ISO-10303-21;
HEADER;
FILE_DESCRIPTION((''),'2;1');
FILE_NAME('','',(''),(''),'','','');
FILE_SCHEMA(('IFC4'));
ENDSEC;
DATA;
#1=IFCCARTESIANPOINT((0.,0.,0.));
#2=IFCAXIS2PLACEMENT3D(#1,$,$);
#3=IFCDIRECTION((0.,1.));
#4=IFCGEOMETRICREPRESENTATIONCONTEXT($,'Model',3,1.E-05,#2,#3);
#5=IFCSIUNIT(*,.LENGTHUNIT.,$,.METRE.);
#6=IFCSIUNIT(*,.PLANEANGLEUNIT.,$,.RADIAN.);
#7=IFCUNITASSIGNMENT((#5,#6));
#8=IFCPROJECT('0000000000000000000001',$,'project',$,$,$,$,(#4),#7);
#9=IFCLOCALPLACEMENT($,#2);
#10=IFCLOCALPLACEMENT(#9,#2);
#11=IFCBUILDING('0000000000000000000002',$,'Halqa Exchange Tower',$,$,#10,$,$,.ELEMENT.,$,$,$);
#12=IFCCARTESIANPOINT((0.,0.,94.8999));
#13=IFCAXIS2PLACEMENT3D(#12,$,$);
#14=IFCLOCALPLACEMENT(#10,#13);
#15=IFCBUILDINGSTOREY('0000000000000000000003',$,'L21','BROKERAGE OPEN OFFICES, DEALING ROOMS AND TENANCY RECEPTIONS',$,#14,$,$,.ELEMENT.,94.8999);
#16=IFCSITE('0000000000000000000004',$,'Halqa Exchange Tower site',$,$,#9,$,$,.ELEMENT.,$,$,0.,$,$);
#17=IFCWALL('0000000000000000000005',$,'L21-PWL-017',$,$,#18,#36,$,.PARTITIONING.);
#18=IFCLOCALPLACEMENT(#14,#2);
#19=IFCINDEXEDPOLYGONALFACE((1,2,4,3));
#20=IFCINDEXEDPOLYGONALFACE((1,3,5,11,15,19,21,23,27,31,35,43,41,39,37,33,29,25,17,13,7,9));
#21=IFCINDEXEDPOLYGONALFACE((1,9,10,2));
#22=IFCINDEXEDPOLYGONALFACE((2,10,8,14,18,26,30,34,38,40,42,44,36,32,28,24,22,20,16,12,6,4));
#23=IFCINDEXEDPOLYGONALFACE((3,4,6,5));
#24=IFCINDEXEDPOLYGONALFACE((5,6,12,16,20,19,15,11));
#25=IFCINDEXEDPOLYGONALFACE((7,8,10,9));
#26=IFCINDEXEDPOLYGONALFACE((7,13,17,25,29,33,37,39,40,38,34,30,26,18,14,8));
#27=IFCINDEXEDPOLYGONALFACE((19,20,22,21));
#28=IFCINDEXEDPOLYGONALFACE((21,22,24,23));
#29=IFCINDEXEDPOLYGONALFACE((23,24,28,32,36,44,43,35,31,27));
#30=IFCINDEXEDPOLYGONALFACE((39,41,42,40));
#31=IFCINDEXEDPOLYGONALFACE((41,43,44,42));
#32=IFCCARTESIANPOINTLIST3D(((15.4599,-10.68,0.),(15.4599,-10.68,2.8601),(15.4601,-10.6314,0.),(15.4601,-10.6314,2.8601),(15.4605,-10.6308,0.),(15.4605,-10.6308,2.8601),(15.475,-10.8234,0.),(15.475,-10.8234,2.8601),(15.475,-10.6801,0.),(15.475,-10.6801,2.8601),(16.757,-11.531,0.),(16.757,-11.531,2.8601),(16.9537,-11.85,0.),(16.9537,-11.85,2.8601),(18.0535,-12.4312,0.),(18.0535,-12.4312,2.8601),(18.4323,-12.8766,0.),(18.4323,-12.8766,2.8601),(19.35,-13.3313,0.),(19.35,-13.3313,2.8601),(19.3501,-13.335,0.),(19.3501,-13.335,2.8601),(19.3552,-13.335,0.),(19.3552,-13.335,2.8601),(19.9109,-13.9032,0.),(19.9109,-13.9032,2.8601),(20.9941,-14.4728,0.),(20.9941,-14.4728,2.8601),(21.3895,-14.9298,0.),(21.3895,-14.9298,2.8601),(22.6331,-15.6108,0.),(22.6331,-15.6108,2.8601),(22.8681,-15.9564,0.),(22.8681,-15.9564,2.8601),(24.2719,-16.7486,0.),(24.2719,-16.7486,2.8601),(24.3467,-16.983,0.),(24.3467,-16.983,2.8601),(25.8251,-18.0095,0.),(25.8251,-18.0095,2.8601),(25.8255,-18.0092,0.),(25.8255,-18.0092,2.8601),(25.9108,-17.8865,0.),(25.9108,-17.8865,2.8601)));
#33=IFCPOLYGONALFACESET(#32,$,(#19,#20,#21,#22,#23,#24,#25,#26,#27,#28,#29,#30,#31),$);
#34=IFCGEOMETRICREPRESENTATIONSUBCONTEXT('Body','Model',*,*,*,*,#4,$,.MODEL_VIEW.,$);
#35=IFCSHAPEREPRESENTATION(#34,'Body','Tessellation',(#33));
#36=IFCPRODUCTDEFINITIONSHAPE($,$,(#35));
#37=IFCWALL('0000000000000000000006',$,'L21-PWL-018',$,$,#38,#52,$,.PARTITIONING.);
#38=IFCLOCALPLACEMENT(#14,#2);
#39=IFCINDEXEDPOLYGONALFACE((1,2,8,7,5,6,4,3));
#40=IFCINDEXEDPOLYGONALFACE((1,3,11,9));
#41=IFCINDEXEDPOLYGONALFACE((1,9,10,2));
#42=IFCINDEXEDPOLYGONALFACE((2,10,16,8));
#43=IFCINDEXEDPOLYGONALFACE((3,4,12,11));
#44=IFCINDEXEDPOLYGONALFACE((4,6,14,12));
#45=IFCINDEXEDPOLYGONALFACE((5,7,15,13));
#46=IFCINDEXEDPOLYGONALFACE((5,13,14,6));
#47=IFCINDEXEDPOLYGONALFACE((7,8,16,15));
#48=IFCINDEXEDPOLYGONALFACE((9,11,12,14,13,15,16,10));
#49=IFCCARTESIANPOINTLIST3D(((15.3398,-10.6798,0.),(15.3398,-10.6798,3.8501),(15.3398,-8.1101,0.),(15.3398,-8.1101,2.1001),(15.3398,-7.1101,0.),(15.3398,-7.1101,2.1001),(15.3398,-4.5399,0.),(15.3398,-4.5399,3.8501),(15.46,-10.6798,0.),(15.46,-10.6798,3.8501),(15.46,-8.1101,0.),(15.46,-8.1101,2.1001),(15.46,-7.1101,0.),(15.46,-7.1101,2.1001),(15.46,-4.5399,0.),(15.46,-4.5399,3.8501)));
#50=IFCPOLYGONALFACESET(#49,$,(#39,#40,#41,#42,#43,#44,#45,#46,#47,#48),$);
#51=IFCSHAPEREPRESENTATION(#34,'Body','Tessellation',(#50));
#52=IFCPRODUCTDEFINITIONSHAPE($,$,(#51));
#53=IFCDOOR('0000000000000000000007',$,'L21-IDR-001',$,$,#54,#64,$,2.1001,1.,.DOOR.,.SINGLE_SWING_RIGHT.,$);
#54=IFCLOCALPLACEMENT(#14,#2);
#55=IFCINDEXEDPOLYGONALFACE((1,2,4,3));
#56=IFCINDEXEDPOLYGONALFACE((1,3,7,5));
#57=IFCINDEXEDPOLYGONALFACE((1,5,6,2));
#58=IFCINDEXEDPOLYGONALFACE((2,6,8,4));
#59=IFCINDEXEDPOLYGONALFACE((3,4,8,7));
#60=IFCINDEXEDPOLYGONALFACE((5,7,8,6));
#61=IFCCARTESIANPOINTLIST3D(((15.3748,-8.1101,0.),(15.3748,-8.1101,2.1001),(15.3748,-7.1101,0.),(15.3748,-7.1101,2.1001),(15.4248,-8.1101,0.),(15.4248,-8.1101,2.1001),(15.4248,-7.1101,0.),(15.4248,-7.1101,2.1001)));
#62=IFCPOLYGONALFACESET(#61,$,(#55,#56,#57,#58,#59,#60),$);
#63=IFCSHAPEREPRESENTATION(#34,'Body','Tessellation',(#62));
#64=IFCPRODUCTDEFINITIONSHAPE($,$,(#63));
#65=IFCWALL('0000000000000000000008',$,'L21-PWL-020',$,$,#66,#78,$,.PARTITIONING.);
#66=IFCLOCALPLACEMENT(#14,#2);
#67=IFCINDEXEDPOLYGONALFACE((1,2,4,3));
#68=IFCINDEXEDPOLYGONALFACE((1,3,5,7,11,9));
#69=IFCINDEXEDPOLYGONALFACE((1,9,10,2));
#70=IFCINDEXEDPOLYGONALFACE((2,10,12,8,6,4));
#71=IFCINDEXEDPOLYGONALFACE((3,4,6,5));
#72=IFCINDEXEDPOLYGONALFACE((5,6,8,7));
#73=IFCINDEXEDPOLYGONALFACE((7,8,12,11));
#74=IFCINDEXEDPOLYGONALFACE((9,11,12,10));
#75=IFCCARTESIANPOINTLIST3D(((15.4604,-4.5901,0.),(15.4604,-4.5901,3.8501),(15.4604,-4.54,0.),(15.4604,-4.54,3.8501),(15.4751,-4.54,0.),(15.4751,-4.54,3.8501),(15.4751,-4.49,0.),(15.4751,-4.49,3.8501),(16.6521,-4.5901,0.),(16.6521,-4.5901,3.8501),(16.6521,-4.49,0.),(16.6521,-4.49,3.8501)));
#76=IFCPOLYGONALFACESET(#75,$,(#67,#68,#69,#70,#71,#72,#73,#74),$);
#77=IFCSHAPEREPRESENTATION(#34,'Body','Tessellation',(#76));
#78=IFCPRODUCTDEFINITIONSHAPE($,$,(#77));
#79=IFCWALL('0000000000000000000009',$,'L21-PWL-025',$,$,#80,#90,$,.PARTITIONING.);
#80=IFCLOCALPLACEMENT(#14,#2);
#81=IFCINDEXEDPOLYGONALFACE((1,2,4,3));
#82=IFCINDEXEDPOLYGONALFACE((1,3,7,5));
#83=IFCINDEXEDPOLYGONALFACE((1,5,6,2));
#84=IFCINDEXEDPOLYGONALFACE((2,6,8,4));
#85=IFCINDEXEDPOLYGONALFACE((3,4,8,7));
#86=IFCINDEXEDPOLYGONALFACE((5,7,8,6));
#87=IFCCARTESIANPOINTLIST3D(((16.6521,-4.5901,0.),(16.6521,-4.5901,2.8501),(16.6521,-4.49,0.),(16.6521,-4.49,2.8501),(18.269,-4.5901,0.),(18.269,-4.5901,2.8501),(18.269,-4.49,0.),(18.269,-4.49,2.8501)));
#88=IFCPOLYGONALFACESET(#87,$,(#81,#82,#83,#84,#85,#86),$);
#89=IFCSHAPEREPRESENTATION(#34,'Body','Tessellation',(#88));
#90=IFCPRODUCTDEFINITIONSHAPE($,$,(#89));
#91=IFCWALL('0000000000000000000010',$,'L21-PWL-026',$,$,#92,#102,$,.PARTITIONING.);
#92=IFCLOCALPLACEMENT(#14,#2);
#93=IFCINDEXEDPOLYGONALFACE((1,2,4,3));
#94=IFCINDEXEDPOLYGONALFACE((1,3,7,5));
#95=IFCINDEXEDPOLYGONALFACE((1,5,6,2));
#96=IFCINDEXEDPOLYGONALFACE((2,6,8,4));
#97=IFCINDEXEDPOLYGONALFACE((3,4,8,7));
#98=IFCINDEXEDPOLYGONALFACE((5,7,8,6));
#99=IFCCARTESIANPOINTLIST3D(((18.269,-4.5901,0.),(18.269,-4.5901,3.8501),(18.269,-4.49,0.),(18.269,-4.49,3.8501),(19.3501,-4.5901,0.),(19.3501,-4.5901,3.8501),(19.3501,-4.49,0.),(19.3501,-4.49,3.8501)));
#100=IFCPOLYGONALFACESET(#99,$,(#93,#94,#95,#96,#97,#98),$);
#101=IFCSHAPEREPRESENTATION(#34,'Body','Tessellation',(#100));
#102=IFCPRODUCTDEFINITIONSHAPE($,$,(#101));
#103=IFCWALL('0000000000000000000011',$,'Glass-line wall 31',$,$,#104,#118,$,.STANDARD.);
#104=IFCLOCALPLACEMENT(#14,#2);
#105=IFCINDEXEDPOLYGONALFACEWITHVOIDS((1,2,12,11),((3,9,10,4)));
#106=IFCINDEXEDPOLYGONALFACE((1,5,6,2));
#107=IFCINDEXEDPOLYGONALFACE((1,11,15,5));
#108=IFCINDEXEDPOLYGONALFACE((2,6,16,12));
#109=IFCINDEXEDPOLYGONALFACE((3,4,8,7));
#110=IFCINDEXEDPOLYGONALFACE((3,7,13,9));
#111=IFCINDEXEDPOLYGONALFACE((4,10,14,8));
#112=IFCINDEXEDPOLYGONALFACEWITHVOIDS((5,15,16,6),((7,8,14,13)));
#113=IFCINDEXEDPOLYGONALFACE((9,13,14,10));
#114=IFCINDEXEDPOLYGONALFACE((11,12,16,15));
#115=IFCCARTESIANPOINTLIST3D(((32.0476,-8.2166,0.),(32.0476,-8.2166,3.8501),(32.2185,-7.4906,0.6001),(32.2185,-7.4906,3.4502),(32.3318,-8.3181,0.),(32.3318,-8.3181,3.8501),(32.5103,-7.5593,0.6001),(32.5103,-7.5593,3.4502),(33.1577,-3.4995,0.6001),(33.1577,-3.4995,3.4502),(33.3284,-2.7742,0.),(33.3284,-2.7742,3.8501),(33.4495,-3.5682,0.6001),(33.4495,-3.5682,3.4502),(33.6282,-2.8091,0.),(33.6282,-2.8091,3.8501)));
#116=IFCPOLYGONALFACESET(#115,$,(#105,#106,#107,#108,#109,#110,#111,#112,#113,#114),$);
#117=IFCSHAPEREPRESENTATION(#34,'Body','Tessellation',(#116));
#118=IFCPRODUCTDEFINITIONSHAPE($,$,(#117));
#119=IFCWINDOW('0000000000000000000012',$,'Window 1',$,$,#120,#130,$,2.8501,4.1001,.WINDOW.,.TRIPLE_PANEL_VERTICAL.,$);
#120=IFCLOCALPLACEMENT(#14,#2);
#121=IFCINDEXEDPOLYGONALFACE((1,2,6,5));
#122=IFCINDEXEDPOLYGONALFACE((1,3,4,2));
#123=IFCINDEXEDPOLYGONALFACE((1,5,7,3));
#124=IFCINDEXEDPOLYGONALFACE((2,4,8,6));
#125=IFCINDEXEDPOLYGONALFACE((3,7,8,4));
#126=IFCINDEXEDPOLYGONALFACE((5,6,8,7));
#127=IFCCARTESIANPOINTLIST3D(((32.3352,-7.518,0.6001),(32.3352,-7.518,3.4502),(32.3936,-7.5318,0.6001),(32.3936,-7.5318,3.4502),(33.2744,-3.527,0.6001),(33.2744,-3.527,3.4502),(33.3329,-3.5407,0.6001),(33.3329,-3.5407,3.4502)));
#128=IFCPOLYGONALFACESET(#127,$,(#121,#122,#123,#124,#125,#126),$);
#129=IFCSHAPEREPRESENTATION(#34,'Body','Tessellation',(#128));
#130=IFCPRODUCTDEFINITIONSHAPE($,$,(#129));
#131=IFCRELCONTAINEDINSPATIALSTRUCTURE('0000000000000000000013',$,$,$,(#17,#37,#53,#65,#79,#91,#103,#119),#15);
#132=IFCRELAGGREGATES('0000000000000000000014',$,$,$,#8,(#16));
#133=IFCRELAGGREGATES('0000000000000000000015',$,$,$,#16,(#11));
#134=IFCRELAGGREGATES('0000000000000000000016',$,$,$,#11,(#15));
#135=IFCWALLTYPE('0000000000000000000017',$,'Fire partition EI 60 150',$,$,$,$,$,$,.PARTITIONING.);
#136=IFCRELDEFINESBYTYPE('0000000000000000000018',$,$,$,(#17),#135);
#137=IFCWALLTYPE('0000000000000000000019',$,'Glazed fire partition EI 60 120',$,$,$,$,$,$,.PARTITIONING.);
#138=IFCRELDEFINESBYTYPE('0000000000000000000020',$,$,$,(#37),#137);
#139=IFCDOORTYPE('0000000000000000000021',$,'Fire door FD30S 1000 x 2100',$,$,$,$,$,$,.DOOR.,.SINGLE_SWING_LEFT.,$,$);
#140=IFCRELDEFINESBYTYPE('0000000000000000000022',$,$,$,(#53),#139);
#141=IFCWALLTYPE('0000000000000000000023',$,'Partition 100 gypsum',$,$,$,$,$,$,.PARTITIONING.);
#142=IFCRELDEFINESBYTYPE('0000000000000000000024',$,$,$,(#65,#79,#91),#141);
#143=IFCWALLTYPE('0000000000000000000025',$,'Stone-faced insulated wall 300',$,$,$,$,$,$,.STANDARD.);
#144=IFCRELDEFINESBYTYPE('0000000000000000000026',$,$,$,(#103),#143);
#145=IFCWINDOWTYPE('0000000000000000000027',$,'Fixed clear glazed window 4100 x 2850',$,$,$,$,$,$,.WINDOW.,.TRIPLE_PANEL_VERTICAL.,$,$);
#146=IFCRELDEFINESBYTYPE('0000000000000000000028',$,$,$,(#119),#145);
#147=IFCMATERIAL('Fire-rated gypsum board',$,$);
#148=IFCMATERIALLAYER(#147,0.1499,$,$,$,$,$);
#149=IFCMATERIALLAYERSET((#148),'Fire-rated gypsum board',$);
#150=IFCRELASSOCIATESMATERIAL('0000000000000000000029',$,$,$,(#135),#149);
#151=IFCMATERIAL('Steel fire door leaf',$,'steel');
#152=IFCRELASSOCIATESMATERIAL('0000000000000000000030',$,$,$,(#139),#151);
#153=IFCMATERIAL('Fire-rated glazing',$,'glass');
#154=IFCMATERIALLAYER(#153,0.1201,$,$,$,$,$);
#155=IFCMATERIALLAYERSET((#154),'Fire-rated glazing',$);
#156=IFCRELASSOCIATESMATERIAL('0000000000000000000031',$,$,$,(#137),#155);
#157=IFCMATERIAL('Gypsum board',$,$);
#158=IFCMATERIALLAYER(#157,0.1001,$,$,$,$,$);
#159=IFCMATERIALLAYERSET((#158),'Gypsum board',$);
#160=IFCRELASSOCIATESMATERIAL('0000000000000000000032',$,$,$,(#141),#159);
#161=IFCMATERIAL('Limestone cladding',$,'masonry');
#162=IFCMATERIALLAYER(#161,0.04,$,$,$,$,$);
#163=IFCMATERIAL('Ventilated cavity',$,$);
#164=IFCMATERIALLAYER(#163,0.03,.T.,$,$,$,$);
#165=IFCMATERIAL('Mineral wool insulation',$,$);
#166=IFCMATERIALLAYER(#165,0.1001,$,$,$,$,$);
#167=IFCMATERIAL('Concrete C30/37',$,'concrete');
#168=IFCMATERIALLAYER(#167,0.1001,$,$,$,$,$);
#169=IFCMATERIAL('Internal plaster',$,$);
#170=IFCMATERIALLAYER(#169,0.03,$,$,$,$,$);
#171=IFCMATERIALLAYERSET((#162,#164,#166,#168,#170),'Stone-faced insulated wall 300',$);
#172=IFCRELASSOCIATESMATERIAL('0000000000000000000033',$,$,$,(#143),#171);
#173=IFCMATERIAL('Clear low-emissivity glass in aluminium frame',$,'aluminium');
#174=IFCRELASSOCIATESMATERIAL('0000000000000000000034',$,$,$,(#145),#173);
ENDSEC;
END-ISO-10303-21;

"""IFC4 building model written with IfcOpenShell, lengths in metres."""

from ifc_helpers import new_model, si_unit, direction, frame, frame_2d, origin, place, context, subcontext, project, spatial, polyline, rectangle, outline, extrude, material, layer, layer_set, type_object, element, fill, save


model = new_model("IFC4")

# Units and contexts
model_context = context("Model", 3, precision=1e-05, world=origin(), true_north=direction((0.0, 1.0)))
body_context = subcontext(model_context, "Body", "Model", "MODEL_VIEW")
ifc_project = project(units=[si_unit("LENGTHUNIT", "METRE"), si_unit("PLANEANGLEUNIT", "RADIAN")], contexts=[model_context])

# Site, building, storey
site_placement = place(None, origin())
site = spatial("IfcSite", under=ifc_project, at=site_placement, Name="Halqa Exchange Tower site", CompositionType="ELEMENT", RefElevation=0.0)
building_placement = place(site_placement, origin())
building = spatial("IfcBuilding", under=site, at=building_placement, Name="Halqa Exchange Tower", CompositionType="ELEMENT")
storey_placement = place(building_placement, frame((0.0, 0.0, 94.8999)))
storey = spatial("IfcBuildingStorey", under=building, at=storey_placement, Name="L21", Description="BROKERAGE OPEN OFFICES, DEALING ROOMS AND TENANCY RECEPTIONS", CompositionType="ELEMENT", Elevation=94.8999)

# Wall
ifc_material_1 = material(Name="Fire-rated gypsum board")
ifc_layer_1 = layer(ifc_material_1, 0.1499)
ifc_layer_set_1 = layer_set([ifc_layer_1], Name="Fire-rated gypsum board")
wall_type_1 = type_object("IfcWallType", Name="Fire partition EI 60 150", PredefinedType="PARTITIONING", material=ifc_layer_set_1)
wall_1_placement = place(storey_placement, frame((15.4177, -10.6924, 0.0), z_axis=(0.0, 0.0, 1.0), x_axis=(0.821424, -0.570318, 0.0)))
element("IfcWall", 1, at=wall_1_placement, inside=storey, type_object=wall_type_1, Name="L21-PWL-017", PredefinedType="PARTITIONING", context=body_context, shape_type="SweptSolid", body=[
    extrude(outline(polyline([(0.1218, -0.075), (1.9219, -0.075), (3.7219, -0.075), (5.522, -0.075), (7.322, -0.075), (9.1221, -0.075), (10.9221, -0.075), (12.7219, -0.075), (12.7222, -0.0745), (12.7222, 0.075), (10.7271, 0.075), (8.7319, 0.075), (6.7366, 0.075), (4.7415, 0.075), (4.7373, 0.072), (4.7351, 0.075), (3.1567, 0.075), (1.5784, 0.075), (0.0, 0.075), (0.0, 0.0742), (0.0276, 0.0342), (0.04, 0.0427), (0.1218, -0.075)])), origin(), (0.0, 0.0, 1.0), 2.8601),
])

# Shared definitions
ifc_material_2 = material(Name="Steel fire door leaf", Category="steel")
door_type_1 = type_object("IfcDoorType", Name="Fire door FD30S 1000 x 2100", OperationType="SINGLE_SWING_LEFT", PredefinedType="DOOR", material=ifc_material_2)

# Wall, opening, door
ifc_material_3 = material(Name="Fire-rated glazing", Category="glass")
ifc_layer_2 = layer(ifc_material_3, 0.1201)
ifc_layer_set_2 = layer_set([ifc_layer_2], Name="Fire-rated glazing")
wall_type_2 = type_object("IfcWallType", Name="Glazed fire partition EI 60 120", PredefinedType="PARTITIONING", material=ifc_layer_set_2)
wall_2_placement = place(storey_placement, frame((15.3999, -4.54, 0.0), z_axis=(0.0, 0.0, 1.0), x_axis=(0.0, -1.0, 0.0)))
wall_2 = element("IfcWall", 2, at=wall_2_placement, inside=storey, type_object=wall_type_2, Name="L21-PWL-018", PredefinedType="PARTITIONING", context=body_context, shape_type="SweptSolid", body=[
    extrude(rectangle(XDim=6.1399, YDim=0.1201, at=frame_2d((3.0698, 0.0))), origin(), (0.0, 0.0, 1.0), 3.8501),
])
opening_1_placement = place(wall_2_placement, frame((2.5701, 0.0, 0.0)))
opening_1 = element("IfcOpeningElement", 3, at=opening_1_placement, cuts=wall_2, PredefinedType="OPENING", context=body_context, shape_type="SweptSolid", body=[
    extrude(rectangle(XDim=1.0, YDim=2.1001, at=frame_2d((0.5, 1.05))), frame((0.0, 0.072, 0.0), z_axis=(0.0, -1.0, 0.0), x_axis=(1.0, 0.0, 0.0)), (0.0, 0.0, 1.0), 0.144),
])
door_1_placement = place(opening_1_placement, origin())
door_1 = element("IfcDoor", 4, at=door_1_placement, inside=storey, type_object=door_type_1, Name="L21-IDR-001", OperationType="SINGLE_SWING_RIGHT", OverallHeight=2.1001, OverallWidth=1.0, PredefinedType="DOOR", context=body_context, shape_type="SweptSolid", body=[
    extrude(rectangle(XDim=1.0, YDim=2.1001, at=frame_2d((0.5, 1.05))), frame((0.0, 0.0249, 0.0), z_axis=(0.0, -1.0, 0.0), x_axis=(1.0, 0.0, 0.0)), (0.0, 0.0, 1.0), 0.05),
])
fill(opening_1, door_1)

# Walls
ifc_material_4 = material(Name="Gypsum board")
ifc_layer_3 = layer(ifc_material_4, 0.1001)
ifc_layer_set_3 = layer_set([ifc_layer_3], Name="Gypsum board")
wall_type_3 = type_object("IfcWallType", Name="Partition 100 gypsum", PredefinedType="PARTITIONING", material=ifc_layer_set_3)
wall_3_placement = place(storey_placement, frame((15.4604, -4.54, 0.0), z_axis=(0.0, 0.0, 1.0), x_axis=(1.0, 0.0, 0.0)))
element("IfcWall", 5, at=wall_3_placement, inside=storey, type_object=wall_type_3, Name="L21-PWL-020", PredefinedType="PARTITIONING", context=body_context, shape_type="SweptSolid", body=[
    extrude(outline(polyline([(1.1917, 0.05), (0.0146, 0.05), (0.0146, 0.0), (0.0, 0.0), (0.0, -0.05), (1.1917, -0.05), (1.1917, 0.05)])), origin(), (0.0, 0.0, 1.0), 3.8501),
])
wall_4_placement = place(storey_placement, frame((16.6521, -4.54, 0.0), z_axis=(0.0, 0.0, 1.0), x_axis=(1.0, 0.0, 0.0)))
element("IfcWall", 6, at=wall_4_placement, inside=storey, type_object=wall_type_3, Name="L21-PWL-025", PredefinedType="PARTITIONING", context=body_context, shape_type="SweptSolid", body=[
    extrude(outline(polyline([(0.0, 0.05), (0.0, -0.05), (1.6169, -0.05), (1.6169, 0.05), (0.0, 0.05)])), origin(), (0.0, 0.0, 1.0), 2.8501),
])
wall_5_placement = place(storey_placement, frame((18.269, -4.54, 0.0), z_axis=(0.0, 0.0, 1.0), x_axis=(1.0, 0.0, 0.0)))
element("IfcWall", 7, at=wall_5_placement, inside=storey, type_object=wall_type_3, Name="L21-PWL-026", PredefinedType="PARTITIONING", context=body_context, shape_type="SweptSolid", body=[
    extrude(outline(polyline([(0.0, -0.05), (1.0811, -0.05), (1.0811, 0.05), (0.0, 0.05), (0.0, -0.05)])), origin(), (0.0, 0.0, 1.0), 3.8501),
])

# Wall, opening, window
ifc_material_5 = material(Name="Limestone cladding", Category="masonry")
ifc_layer_4 = layer(ifc_material_5, 0.04)
ifc_material_6 = material(Name="Ventilated cavity")
ifc_layer_5 = layer(ifc_material_6, 0.03, ventilated=True)
ifc_material_7 = material(Name="Mineral wool insulation")
ifc_layer_6 = layer(ifc_material_7, 0.1001)
ifc_material_8 = material(Name="Concrete C30/37", Category="concrete")
ifc_layer_7 = layer(ifc_material_8, 0.1001)
ifc_material_9 = material(Name="Internal plaster")
ifc_layer_8 = layer(ifc_material_9, 0.03)
ifc_layer_set_4 = layer_set([ifc_layer_4, ifc_layer_5, ifc_layer_6, ifc_layer_7, ifc_layer_8], Name="Stone-faced insulated wall 300")
wall_type_4 = type_object("IfcWallType", Name="Stone-faced insulated wall 300", PredefinedType="STANDARD", material=ifc_layer_set_4)
wall_6_placement = place(storey_placement, frame((32.1897, -8.2673, 0.0), z_axis=(0.0, 0.0, 1.0), x_axis=(0.229073, 0.973409, 0.0)))
wall_6 = element("IfcWall", 8, at=wall_6_placement, inside=storey, type_object=wall_type_4, Name="Glass-line wall 31", PredefinedType="STANDARD", context=body_context, shape_type="SweptSolid", body=[
    extrude(outline(polyline([(-0.0168, -0.1499), (5.6426, -0.1499), (5.6079, 0.1499), (0.0168, 0.1499), (-0.0168, -0.1499)])), origin(), (0.0, 0.0, 1.0), 3.8501),
])
opening_2_placement = place(wall_6_placement, frame((0.7627, 0.0, 0.6001)))
opening_2 = element("IfcOpeningElement", 9, at=opening_2_placement, cuts=wall_6, PredefinedType="OPENING", context=body_context, shape_type="SweptSolid", body=[
    extrude(rectangle(XDim=4.1001, YDim=2.8501, at=frame_2d((2.05, 1.425))), frame((0.0, 0.1621, 0.0), z_axis=(0.0, -1.0, 0.0), x_axis=(1.0, 0.0, 0.0)), (0.0, 0.0, 1.0), 0.324),
])
ifc_material_10 = material(Name="Clear low-emissivity glass in aluminium frame", Category="aluminium")
window_type = type_object("IfcWindowType", Name="Fixed clear glazed window 4100 x 2850", PartitioningType="TRIPLE_PANEL_VERTICAL", PredefinedType="WINDOW", material=ifc_material_10)
window_placement = place(opening_2_placement, origin())
window = element("IfcWindow", 10, at=window_placement, inside=storey, type_object=window_type, Name="Window 1", OverallHeight=2.8501, OverallWidth=4.1001, PartitioningType="TRIPLE_PANEL_VERTICAL", PredefinedType="WINDOW", context=body_context, shape_type="SweptSolid", body=[
    extrude(rectangle(XDim=4.1001, YDim=2.8501, at=frame_2d((2.05, 1.425))), frame((0.0, 0.03, 0.0), z_axis=(0.0, -1.0, 0.0), x_axis=(1.0, 0.0, 0.0)), (0.0, 0.0, 1.0), 0.0601),
])
fill(opening_2, window)

save(model, "model.ifc")
